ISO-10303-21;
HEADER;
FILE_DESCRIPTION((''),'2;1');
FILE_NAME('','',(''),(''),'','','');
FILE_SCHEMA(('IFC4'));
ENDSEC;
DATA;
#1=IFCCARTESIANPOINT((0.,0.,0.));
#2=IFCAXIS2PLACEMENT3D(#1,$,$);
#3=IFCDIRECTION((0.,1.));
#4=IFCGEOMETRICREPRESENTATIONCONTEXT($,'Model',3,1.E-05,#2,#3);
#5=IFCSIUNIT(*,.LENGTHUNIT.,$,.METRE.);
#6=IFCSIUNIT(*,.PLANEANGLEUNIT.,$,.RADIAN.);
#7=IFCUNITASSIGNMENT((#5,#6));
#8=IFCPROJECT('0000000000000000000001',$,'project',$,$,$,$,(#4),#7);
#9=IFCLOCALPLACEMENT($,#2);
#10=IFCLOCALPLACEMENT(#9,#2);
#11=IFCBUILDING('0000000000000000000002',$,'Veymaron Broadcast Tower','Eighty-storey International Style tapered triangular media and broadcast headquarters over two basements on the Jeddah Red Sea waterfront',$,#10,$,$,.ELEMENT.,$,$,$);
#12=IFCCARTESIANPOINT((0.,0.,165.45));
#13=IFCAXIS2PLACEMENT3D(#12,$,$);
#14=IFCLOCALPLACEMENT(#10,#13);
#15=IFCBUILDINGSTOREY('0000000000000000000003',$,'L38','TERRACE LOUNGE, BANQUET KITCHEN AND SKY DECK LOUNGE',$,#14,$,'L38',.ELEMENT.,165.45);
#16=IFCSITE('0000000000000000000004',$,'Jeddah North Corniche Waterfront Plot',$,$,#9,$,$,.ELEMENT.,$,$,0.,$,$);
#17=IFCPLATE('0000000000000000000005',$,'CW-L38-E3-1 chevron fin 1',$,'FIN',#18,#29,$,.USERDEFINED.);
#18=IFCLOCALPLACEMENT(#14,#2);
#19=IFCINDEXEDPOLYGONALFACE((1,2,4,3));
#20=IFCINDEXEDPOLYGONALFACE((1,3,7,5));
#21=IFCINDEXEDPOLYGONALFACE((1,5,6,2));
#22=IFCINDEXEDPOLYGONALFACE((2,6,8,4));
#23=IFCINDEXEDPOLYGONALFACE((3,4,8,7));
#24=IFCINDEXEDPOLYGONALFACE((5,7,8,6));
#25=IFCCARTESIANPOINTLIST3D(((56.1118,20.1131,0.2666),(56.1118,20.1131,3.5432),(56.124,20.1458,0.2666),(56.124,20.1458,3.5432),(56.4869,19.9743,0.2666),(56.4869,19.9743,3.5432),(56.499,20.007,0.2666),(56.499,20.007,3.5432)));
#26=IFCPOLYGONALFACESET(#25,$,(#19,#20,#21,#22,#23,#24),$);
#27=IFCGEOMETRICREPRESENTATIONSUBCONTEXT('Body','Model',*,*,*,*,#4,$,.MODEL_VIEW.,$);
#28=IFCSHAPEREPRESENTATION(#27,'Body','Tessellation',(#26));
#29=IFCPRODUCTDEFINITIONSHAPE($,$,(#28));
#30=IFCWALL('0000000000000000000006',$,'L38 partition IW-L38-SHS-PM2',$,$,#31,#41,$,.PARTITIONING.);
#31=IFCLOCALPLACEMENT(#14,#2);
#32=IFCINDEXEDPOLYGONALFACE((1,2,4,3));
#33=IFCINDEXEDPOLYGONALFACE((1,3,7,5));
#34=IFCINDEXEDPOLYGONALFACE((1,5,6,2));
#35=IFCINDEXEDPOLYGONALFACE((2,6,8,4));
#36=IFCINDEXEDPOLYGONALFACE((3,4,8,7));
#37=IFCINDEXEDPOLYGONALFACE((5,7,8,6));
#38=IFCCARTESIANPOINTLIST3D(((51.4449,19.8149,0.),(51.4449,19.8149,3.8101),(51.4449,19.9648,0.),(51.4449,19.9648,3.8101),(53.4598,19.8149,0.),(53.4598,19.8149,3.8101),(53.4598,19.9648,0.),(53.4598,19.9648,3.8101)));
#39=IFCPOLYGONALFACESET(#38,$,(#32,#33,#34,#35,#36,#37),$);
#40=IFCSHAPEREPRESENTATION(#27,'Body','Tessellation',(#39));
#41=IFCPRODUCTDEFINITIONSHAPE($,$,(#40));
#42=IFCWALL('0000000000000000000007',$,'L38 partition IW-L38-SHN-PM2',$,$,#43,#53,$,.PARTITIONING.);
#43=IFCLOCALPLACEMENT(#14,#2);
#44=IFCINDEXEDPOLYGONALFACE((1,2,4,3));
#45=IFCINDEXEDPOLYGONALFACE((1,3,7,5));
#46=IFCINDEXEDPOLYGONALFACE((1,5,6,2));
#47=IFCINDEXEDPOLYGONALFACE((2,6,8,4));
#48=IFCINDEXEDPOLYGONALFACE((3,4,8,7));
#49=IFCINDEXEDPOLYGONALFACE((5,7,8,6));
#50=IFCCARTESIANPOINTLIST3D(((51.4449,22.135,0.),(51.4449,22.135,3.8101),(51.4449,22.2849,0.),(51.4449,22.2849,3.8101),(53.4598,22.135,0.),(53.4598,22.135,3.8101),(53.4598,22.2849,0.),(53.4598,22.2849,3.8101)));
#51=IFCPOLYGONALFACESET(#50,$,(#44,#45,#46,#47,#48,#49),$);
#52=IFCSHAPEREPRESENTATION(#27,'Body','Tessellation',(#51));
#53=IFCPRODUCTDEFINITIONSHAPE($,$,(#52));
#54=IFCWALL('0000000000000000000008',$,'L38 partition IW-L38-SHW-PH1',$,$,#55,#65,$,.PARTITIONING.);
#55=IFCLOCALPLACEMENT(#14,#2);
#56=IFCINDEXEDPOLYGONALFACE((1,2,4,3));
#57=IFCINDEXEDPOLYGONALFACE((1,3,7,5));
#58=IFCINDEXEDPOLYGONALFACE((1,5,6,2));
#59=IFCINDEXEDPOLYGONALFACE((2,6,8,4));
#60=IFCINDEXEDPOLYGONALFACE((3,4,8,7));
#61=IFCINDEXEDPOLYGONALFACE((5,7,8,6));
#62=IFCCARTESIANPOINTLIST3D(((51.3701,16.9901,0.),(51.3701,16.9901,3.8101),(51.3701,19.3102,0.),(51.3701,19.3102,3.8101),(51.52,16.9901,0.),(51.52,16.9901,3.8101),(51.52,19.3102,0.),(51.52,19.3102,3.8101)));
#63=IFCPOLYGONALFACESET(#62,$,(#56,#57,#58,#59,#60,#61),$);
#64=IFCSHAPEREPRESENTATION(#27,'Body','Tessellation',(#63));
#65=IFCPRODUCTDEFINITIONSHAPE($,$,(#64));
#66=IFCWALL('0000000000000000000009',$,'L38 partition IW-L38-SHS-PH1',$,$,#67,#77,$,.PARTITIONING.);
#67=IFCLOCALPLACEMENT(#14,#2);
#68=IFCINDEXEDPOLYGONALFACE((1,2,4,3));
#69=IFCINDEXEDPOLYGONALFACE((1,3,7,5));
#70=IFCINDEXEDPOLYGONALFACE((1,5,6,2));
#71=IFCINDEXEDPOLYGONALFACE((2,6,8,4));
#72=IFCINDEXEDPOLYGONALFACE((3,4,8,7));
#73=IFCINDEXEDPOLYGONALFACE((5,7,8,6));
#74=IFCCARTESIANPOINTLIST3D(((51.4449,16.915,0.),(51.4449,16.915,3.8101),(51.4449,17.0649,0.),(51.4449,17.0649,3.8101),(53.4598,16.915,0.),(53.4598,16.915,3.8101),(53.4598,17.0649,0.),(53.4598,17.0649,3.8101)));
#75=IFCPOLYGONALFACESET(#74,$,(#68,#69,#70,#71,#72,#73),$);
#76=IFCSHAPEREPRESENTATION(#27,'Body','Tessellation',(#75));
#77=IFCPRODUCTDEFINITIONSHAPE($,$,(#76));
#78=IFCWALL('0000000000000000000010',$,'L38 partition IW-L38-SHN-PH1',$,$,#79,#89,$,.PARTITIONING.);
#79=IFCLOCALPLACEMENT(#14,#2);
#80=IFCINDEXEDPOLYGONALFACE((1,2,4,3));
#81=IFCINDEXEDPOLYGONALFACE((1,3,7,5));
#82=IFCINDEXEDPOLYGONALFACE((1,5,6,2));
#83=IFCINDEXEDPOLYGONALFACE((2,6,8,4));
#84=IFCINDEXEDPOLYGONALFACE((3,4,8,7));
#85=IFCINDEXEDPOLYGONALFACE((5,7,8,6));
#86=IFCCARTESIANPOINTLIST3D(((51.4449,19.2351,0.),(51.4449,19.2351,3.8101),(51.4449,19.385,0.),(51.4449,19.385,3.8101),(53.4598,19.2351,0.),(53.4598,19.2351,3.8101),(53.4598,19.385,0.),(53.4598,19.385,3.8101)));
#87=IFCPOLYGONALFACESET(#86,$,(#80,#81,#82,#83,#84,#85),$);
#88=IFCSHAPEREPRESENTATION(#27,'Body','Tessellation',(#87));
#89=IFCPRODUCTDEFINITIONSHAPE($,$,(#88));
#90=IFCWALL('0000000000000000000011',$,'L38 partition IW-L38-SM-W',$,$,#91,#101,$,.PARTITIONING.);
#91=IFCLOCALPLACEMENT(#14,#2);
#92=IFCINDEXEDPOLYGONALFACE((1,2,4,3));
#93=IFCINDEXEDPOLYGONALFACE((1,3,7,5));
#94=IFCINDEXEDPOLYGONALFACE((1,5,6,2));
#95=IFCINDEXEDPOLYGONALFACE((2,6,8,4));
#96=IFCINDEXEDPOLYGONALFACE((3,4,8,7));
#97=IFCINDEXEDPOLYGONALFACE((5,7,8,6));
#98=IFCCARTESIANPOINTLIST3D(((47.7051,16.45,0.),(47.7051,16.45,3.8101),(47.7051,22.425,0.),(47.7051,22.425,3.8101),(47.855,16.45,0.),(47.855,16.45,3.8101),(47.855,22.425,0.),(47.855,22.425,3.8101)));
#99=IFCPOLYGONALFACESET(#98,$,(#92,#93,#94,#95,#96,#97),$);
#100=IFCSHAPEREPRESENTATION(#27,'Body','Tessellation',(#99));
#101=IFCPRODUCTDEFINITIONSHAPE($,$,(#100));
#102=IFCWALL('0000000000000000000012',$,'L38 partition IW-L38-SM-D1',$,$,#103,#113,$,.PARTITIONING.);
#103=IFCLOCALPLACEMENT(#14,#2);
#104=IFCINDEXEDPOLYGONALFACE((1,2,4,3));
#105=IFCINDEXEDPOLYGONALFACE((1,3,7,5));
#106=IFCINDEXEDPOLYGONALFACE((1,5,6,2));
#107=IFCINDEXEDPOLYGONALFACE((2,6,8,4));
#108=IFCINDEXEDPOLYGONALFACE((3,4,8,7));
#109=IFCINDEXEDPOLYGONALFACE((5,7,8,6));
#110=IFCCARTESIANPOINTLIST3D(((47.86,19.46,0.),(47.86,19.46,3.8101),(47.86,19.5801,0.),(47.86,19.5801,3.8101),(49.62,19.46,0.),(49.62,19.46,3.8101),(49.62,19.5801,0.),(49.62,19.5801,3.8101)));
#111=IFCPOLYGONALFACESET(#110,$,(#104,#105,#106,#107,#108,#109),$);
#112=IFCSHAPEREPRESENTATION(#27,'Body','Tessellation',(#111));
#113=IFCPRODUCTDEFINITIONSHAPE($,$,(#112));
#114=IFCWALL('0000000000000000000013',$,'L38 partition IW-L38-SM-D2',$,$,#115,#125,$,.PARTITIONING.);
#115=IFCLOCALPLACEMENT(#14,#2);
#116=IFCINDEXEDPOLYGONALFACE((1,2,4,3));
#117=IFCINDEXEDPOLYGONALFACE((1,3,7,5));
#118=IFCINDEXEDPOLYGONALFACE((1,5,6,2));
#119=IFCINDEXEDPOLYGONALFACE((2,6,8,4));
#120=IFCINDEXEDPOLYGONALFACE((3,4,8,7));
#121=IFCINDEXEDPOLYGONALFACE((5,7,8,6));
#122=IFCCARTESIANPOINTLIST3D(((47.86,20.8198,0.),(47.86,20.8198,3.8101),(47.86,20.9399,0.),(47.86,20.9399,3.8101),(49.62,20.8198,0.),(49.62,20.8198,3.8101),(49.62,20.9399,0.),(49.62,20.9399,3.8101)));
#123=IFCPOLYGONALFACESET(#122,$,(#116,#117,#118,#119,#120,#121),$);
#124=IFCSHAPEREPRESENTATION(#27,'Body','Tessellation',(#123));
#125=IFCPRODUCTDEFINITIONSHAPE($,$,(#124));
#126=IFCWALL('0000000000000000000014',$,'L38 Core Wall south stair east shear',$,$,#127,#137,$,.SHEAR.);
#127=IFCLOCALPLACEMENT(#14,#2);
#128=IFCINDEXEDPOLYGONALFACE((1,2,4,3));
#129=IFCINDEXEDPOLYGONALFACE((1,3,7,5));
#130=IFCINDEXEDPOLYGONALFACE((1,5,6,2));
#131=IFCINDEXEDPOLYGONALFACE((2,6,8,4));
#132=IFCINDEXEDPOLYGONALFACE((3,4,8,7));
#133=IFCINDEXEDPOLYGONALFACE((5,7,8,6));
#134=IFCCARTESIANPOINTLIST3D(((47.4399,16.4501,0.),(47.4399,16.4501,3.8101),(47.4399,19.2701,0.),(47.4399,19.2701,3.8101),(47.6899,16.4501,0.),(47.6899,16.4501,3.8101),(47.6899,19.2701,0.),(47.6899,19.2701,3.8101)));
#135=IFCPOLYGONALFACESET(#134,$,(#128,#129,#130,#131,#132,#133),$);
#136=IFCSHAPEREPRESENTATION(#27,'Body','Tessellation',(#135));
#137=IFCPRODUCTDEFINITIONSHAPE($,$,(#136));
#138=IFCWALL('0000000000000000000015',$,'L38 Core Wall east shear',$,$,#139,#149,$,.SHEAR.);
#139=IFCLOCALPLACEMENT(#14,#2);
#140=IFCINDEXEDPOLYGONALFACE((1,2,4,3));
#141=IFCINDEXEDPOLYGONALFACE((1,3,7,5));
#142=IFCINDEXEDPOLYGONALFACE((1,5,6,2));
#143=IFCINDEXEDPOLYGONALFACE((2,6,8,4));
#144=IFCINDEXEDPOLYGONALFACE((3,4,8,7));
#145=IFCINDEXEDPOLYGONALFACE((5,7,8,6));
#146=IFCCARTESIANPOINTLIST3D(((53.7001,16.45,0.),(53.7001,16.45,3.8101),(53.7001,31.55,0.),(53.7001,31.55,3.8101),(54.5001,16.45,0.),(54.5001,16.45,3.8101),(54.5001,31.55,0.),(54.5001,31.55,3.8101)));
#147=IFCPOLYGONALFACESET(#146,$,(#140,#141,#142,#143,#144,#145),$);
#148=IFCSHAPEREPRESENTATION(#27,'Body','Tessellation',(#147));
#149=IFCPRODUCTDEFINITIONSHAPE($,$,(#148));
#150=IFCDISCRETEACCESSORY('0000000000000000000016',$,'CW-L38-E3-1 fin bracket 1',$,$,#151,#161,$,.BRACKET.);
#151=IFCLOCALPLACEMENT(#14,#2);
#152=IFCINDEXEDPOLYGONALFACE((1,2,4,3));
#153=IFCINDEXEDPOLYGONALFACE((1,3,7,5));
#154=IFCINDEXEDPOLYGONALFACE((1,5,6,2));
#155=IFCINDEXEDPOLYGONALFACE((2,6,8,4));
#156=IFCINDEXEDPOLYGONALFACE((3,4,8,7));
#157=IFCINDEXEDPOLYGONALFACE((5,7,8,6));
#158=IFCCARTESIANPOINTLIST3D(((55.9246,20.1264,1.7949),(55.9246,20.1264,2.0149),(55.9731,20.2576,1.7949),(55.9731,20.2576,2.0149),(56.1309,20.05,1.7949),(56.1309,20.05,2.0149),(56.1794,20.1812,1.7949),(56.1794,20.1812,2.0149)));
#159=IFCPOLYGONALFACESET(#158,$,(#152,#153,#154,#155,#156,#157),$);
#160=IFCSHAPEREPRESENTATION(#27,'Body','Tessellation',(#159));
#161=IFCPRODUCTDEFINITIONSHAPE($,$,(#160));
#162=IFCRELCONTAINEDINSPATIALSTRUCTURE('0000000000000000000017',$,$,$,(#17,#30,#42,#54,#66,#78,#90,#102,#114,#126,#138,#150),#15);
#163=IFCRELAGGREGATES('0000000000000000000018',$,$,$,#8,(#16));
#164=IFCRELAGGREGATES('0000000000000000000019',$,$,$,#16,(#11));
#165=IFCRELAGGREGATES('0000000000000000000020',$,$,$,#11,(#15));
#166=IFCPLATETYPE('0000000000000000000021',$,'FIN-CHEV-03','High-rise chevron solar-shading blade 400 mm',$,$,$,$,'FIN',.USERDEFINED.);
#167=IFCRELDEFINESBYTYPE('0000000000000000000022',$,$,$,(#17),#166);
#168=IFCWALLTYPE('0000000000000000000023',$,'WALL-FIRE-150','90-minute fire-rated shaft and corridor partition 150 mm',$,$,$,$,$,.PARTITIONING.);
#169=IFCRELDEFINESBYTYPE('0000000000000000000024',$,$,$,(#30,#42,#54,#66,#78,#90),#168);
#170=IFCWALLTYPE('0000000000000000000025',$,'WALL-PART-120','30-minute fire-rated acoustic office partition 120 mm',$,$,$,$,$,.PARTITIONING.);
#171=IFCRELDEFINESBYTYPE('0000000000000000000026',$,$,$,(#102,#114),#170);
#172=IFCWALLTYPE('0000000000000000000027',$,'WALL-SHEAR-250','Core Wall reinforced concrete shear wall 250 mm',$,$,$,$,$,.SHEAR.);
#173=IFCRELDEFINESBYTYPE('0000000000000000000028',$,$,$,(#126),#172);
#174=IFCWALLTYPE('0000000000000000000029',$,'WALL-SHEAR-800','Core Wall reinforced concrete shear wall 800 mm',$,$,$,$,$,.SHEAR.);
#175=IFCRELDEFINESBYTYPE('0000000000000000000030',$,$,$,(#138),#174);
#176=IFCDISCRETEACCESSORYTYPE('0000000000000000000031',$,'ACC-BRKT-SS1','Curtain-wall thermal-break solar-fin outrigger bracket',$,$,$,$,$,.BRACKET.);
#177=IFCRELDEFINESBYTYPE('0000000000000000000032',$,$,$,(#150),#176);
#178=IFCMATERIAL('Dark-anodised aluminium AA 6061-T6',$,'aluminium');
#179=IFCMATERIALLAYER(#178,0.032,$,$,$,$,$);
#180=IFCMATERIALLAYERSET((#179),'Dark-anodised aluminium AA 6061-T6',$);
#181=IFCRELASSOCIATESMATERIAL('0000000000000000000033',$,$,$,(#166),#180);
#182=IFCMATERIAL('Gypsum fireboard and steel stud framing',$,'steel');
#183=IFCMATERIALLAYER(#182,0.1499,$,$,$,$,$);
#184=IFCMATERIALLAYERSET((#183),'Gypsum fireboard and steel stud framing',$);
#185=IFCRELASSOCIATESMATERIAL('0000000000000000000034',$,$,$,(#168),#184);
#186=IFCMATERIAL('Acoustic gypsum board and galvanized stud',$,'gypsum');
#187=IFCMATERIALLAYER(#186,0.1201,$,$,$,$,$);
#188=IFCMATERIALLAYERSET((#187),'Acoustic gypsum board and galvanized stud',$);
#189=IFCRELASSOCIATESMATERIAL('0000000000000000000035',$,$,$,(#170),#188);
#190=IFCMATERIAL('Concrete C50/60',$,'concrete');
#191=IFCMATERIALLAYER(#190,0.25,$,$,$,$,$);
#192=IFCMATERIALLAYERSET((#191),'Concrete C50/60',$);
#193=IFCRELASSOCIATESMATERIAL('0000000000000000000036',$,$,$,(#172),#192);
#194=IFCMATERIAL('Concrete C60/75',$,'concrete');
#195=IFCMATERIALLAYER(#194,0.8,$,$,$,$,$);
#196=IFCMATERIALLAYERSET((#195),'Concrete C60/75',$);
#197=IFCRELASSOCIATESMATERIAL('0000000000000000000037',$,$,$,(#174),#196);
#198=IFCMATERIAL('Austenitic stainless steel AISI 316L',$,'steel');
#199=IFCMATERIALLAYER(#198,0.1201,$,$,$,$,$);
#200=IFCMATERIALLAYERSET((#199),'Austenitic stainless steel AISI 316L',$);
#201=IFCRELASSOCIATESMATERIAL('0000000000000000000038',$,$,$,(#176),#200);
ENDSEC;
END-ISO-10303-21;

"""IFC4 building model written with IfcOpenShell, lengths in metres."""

from ifc_helpers import new_model, si_unit, direction, frame, frame_2d, origin, origin_2d, place, context, subcontext, project, spatial, rectangle, extrude, material, layer, layer_set, type_object, element, save


model = new_model("IFC4")

# Units and contexts
model_context = context("Model", 3, precision=1e-05, world=origin(), true_north=direction((0.0, 1.0)))
body_context = subcontext(model_context, "Body", "Model", "MODEL_VIEW")
ifc_project = project(units=[si_unit("LENGTHUNIT", "METRE"), si_unit("PLANEANGLEUNIT", "RADIAN")], contexts=[model_context])

# Site, building, storey
site_placement = place(None, origin())
site = spatial("IfcSite", under=ifc_project, at=site_placement, Name="Jeddah North Corniche Waterfront Plot", CompositionType="ELEMENT", RefElevation=0.0)
building_placement = place(site_placement, origin())
building = spatial("IfcBuilding", under=site, at=building_placement, Name="Veymaron Broadcast Tower", Description="Eighty-storey International Style tapered triangular media and broadcast headquarters over two basements on the Jeddah Red Sea waterfront", CompositionType="ELEMENT")
storey_placement = place(building_placement, frame((0.0, 0.0, 165.45)))
storey = spatial("IfcBuildingStorey", under=building, at=storey_placement, Name="L38", Description="TERRACE LOUNGE, BANQUET KITCHEN AND SKY DECK LOUNGE", LongName="L38", CompositionType="ELEMENT", Elevation=165.45)

# Plate
ifc_material_1 = material(Name="Dark-anodised aluminium AA 6061-T6", Category="aluminium")
ifc_layer_1 = layer(ifc_material_1, 0.032)
ifc_layer_set_1 = layer_set([ifc_layer_1], Name="Dark-anodised aluminium AA 6061-T6")
plate_type_1 = type_object("IfcPlateType", Name="FIN-CHEV-03", Description="High-rise chevron solar-shading blade 400 mm", ElementType="FIN", PredefinedType="USERDEFINED", material=ifc_layer_set_1)
plate_1_placement = place(storey_placement, frame((56.3054, 20.0601, 0.2666), z_axis=(0.0, 0.0, 1.0), x_axis=(0.937822, -0.347116, 0.0)))
element("IfcPlate", 1, at=plate_1_placement, inside=storey, type_object=plate_type_1, Name="CW-L38-E3-1 chevron fin 1", ObjectType="FIN", PredefinedType="USERDEFINED", context=body_context, shape_type="SweptSolid", body=[
    extrude(rectangle(XDim=0.3999, YDim=0.0349, at=origin_2d()), origin(), (0.0, 0.0, 1.0), 3.2766),
])

# Shared definitions
ifc_material_2 = material(Name="Gypsum fireboard and steel stud framing", Category="steel")
ifc_layer_2 = layer(ifc_material_2, 0.1499)
ifc_layer_set_2 = layer_set([ifc_layer_2], Name="Gypsum fireboard and steel stud framing")
wall_type_1 = type_object("IfcWallType", Name="WALL-FIRE-150", Description="90-minute fire-rated shaft and corridor partition 150 mm", PredefinedType="PARTITIONING", material=ifc_layer_set_2)

# Walls
for number, where, z_axis, x_axis, name in (
    (2, (51.4451, 19.8899, 0.0), (0.0, 0.0, 1.0), (1.0, 0.0, 0.0), "L38 partition IW-L38-SHS-PM2"),
    (3, (51.4451, 22.21, 0.0), (0.0, 0.0, 1.0), (1.0, 0.0, 0.0), "L38 partition IW-L38-SHN-PM2"),
):
    element("IfcWall", number, at=place(storey_placement, frame(where, z_axis=z_axis, x_axis=x_axis)), inside=storey, type_object=wall_type_1, Name=name, PredefinedType="PARTITIONING", context=body_context, shape_type="SweptSolid", body=[
        extrude(rectangle(XDim=2.0149, YDim=0.1499, at=frame_2d((1.0073, 0.0))), origin(), (0.0, 0.0, 1.0), 3.8101),
    ])
wall_1_placement = place(storey_placement, frame((51.4451, 16.99, 0.0), z_axis=(0.0, 0.0, 1.0), x_axis=(0.0, 1.0, 0.0)))
element("IfcWall", 4, at=wall_1_placement, inside=storey, type_object=wall_type_1, Name="L38 partition IW-L38-SHW-PH1", PredefinedType="PARTITIONING", context=body_context, shape_type="SweptSolid", body=[
    extrude(rectangle(XDim=2.3201, YDim=0.1499, at=frame_2d((1.1602, 0.0))), origin(), (0.0, 0.0, 1.0), 3.8101),
])
for number, where, z_axis, x_axis, name in (
    (5, (51.4451, 16.99, 0.0), (0.0, 0.0, 1.0), (1.0, 0.0, 0.0), "L38 partition IW-L38-SHS-PH1"),
    (6, (51.4451, 19.3101, 0.0), (0.0, 0.0, 1.0), (1.0, 0.0, 0.0), "L38 partition IW-L38-SHN-PH1"),
):
    element("IfcWall", number, at=place(storey_placement, frame(where, z_axis=z_axis, x_axis=x_axis)), inside=storey, type_object=wall_type_1, Name=name, PredefinedType="PARTITIONING", context=body_context, shape_type="SweptSolid", body=[
        extrude(rectangle(XDim=2.0149, YDim=0.1499, at=frame_2d((1.0073, 0.0))), origin(), (0.0, 0.0, 1.0), 3.8101),
    ])

# Walls
wall_2_placement = place(storey_placement, frame((47.78, 16.45, 0.0), z_axis=(0.0, 0.0, 1.0), x_axis=(0.0, 1.0, 0.0)))
element("IfcWall", 7, at=wall_2_placement, inside=storey, type_object=wall_type_1, Name="L38 partition IW-L38-SM-W", PredefinedType="PARTITIONING", context=body_context, shape_type="SweptSolid", body=[
    extrude(rectangle(XDim=5.9751, YDim=0.1499, at=frame_2d((2.9875, 0.0))), origin(), (0.0, 0.0, 1.0), 3.8101),
])
ifc_material_3 = material(Name="Acoustic gypsum board and galvanized stud", Category="gypsum")
ifc_layer_3 = layer(ifc_material_3, 0.1201)
ifc_layer_set_3 = layer_set([ifc_layer_3], Name="Acoustic gypsum board and galvanized stud")
wall_type_2 = type_object("IfcWallType", Name="WALL-PART-120", Description="30-minute fire-rated acoustic office partition 120 mm", PredefinedType="PARTITIONING", material=ifc_layer_set_3)
for number, where, z_axis, x_axis, name in (
    (8, (47.8601, 19.52, 0.0), (0.0, 0.0, 1.0), (1.0, 0.0, 0.0), "L38 partition IW-L38-SM-D1"),
    (9, (47.8601, 20.8799, 0.0), (0.0, 0.0, 1.0), (1.0, 0.0, 0.0), "L38 partition IW-L38-SM-D2"),
):
    element("IfcWall", number, at=place(storey_placement, frame(where, z_axis=z_axis, x_axis=x_axis)), inside=storey, type_object=wall_type_2, Name=name, PredefinedType="PARTITIONING", context=body_context, shape_type="SweptSolid", body=[
        extrude(rectangle(XDim=1.76, YDim=0.1201, at=frame_2d((0.8799, 0.0))), origin(), (0.0, 0.0, 1.0), 3.8101),
    ])

# Walls
ifc_material_4 = material(Name="Concrete C50/60", Category="concrete")
ifc_layer_4 = layer(ifc_material_4, 0.25)
ifc_layer_set_4 = layer_set([ifc_layer_4], Name="Concrete C50/60")
wall_type_3 = type_object("IfcWallType", Name="WALL-SHEAR-250", Description="Core Wall reinforced concrete shear wall 250 mm", PredefinedType="SHEAR", material=ifc_layer_set_4)
wall_3_placement = place(storey_placement, frame((47.5649, 16.45, 0.0), z_axis=(0.0, 0.0, 1.0), x_axis=(0.0, 1.0, 0.0)))
element("IfcWall", 10, at=wall_3_placement, inside=storey, type_object=wall_type_3, Name="L38 Core Wall south stair east shear", PredefinedType="SHEAR", context=body_context, shape_type="SweptSolid", body=[
    extrude(rectangle(XDim=2.8201, YDim=0.25, at=frame_2d((1.4102, 0.0))), origin(), (0.0, 0.0, 1.0), 3.8101),
])
ifc_material_5 = material(Name="Concrete C60/75", Category="concrete")
ifc_layer_5 = layer(ifc_material_5, 0.8)
ifc_layer_set_5 = layer_set([ifc_layer_5], Name="Concrete C60/75")
wall_type_4 = type_object("IfcWallType", Name="WALL-SHEAR-800", Description="Core Wall reinforced concrete shear wall 800 mm", PredefinedType="SHEAR", material=ifc_layer_set_5)
wall_4_placement = place(storey_placement, frame((54.1001, 16.45, 0.0), z_axis=(0.0, 0.0, 1.0), x_axis=(0.0, 1.0, 0.0)))
element("IfcWall", 11, at=wall_4_placement, inside=storey, type_object=wall_type_4, Name="L38 Core Wall east shear", PredefinedType="SHEAR", context=body_context, shape_type="SweptSolid", body=[
    extrude(rectangle(XDim=15.1001, YDim=0.8, at=frame_2d((7.55, 0.0))), origin(), (0.0, 0.0, 1.0), 3.8101),
])

# Discrete accessory
ifc_material_6 = material(Name="Austenitic stainless steel AISI 316L", Category="steel")
ifc_layer_6 = layer(ifc_material_6, 0.1201)
ifc_layer_set_6 = layer_set([ifc_layer_6], Name="Austenitic stainless steel AISI 316L")
discrete_accessory_type = type_object("IfcDiscreteAccessoryType", Name="ACC-BRKT-SS1", Description="Curtain-wall thermal-break solar-fin outrigger bracket", PredefinedType="BRACKET", material=ifc_layer_set_6)
discrete_accessory_placement = place(storey_placement, frame((56.052, 20.1538, 1.7949), z_axis=(0.0, 0.0, 1.0), x_axis=(0.937822, -0.347116, 0.0)))
element("IfcDiscreteAccessory", 12, at=discrete_accessory_placement, inside=storey, type_object=discrete_accessory_type, Name="CW-L38-E3-1 fin bracket 1", PredefinedType="BRACKET", context=body_context, shape_type="SweptSolid", body=[
    extrude(rectangle(XDim=0.22, YDim=0.1399, at=origin_2d()), origin(), (0.0, 0.0, 1.0), 0.22),
])

save(model, "model.ifc")
